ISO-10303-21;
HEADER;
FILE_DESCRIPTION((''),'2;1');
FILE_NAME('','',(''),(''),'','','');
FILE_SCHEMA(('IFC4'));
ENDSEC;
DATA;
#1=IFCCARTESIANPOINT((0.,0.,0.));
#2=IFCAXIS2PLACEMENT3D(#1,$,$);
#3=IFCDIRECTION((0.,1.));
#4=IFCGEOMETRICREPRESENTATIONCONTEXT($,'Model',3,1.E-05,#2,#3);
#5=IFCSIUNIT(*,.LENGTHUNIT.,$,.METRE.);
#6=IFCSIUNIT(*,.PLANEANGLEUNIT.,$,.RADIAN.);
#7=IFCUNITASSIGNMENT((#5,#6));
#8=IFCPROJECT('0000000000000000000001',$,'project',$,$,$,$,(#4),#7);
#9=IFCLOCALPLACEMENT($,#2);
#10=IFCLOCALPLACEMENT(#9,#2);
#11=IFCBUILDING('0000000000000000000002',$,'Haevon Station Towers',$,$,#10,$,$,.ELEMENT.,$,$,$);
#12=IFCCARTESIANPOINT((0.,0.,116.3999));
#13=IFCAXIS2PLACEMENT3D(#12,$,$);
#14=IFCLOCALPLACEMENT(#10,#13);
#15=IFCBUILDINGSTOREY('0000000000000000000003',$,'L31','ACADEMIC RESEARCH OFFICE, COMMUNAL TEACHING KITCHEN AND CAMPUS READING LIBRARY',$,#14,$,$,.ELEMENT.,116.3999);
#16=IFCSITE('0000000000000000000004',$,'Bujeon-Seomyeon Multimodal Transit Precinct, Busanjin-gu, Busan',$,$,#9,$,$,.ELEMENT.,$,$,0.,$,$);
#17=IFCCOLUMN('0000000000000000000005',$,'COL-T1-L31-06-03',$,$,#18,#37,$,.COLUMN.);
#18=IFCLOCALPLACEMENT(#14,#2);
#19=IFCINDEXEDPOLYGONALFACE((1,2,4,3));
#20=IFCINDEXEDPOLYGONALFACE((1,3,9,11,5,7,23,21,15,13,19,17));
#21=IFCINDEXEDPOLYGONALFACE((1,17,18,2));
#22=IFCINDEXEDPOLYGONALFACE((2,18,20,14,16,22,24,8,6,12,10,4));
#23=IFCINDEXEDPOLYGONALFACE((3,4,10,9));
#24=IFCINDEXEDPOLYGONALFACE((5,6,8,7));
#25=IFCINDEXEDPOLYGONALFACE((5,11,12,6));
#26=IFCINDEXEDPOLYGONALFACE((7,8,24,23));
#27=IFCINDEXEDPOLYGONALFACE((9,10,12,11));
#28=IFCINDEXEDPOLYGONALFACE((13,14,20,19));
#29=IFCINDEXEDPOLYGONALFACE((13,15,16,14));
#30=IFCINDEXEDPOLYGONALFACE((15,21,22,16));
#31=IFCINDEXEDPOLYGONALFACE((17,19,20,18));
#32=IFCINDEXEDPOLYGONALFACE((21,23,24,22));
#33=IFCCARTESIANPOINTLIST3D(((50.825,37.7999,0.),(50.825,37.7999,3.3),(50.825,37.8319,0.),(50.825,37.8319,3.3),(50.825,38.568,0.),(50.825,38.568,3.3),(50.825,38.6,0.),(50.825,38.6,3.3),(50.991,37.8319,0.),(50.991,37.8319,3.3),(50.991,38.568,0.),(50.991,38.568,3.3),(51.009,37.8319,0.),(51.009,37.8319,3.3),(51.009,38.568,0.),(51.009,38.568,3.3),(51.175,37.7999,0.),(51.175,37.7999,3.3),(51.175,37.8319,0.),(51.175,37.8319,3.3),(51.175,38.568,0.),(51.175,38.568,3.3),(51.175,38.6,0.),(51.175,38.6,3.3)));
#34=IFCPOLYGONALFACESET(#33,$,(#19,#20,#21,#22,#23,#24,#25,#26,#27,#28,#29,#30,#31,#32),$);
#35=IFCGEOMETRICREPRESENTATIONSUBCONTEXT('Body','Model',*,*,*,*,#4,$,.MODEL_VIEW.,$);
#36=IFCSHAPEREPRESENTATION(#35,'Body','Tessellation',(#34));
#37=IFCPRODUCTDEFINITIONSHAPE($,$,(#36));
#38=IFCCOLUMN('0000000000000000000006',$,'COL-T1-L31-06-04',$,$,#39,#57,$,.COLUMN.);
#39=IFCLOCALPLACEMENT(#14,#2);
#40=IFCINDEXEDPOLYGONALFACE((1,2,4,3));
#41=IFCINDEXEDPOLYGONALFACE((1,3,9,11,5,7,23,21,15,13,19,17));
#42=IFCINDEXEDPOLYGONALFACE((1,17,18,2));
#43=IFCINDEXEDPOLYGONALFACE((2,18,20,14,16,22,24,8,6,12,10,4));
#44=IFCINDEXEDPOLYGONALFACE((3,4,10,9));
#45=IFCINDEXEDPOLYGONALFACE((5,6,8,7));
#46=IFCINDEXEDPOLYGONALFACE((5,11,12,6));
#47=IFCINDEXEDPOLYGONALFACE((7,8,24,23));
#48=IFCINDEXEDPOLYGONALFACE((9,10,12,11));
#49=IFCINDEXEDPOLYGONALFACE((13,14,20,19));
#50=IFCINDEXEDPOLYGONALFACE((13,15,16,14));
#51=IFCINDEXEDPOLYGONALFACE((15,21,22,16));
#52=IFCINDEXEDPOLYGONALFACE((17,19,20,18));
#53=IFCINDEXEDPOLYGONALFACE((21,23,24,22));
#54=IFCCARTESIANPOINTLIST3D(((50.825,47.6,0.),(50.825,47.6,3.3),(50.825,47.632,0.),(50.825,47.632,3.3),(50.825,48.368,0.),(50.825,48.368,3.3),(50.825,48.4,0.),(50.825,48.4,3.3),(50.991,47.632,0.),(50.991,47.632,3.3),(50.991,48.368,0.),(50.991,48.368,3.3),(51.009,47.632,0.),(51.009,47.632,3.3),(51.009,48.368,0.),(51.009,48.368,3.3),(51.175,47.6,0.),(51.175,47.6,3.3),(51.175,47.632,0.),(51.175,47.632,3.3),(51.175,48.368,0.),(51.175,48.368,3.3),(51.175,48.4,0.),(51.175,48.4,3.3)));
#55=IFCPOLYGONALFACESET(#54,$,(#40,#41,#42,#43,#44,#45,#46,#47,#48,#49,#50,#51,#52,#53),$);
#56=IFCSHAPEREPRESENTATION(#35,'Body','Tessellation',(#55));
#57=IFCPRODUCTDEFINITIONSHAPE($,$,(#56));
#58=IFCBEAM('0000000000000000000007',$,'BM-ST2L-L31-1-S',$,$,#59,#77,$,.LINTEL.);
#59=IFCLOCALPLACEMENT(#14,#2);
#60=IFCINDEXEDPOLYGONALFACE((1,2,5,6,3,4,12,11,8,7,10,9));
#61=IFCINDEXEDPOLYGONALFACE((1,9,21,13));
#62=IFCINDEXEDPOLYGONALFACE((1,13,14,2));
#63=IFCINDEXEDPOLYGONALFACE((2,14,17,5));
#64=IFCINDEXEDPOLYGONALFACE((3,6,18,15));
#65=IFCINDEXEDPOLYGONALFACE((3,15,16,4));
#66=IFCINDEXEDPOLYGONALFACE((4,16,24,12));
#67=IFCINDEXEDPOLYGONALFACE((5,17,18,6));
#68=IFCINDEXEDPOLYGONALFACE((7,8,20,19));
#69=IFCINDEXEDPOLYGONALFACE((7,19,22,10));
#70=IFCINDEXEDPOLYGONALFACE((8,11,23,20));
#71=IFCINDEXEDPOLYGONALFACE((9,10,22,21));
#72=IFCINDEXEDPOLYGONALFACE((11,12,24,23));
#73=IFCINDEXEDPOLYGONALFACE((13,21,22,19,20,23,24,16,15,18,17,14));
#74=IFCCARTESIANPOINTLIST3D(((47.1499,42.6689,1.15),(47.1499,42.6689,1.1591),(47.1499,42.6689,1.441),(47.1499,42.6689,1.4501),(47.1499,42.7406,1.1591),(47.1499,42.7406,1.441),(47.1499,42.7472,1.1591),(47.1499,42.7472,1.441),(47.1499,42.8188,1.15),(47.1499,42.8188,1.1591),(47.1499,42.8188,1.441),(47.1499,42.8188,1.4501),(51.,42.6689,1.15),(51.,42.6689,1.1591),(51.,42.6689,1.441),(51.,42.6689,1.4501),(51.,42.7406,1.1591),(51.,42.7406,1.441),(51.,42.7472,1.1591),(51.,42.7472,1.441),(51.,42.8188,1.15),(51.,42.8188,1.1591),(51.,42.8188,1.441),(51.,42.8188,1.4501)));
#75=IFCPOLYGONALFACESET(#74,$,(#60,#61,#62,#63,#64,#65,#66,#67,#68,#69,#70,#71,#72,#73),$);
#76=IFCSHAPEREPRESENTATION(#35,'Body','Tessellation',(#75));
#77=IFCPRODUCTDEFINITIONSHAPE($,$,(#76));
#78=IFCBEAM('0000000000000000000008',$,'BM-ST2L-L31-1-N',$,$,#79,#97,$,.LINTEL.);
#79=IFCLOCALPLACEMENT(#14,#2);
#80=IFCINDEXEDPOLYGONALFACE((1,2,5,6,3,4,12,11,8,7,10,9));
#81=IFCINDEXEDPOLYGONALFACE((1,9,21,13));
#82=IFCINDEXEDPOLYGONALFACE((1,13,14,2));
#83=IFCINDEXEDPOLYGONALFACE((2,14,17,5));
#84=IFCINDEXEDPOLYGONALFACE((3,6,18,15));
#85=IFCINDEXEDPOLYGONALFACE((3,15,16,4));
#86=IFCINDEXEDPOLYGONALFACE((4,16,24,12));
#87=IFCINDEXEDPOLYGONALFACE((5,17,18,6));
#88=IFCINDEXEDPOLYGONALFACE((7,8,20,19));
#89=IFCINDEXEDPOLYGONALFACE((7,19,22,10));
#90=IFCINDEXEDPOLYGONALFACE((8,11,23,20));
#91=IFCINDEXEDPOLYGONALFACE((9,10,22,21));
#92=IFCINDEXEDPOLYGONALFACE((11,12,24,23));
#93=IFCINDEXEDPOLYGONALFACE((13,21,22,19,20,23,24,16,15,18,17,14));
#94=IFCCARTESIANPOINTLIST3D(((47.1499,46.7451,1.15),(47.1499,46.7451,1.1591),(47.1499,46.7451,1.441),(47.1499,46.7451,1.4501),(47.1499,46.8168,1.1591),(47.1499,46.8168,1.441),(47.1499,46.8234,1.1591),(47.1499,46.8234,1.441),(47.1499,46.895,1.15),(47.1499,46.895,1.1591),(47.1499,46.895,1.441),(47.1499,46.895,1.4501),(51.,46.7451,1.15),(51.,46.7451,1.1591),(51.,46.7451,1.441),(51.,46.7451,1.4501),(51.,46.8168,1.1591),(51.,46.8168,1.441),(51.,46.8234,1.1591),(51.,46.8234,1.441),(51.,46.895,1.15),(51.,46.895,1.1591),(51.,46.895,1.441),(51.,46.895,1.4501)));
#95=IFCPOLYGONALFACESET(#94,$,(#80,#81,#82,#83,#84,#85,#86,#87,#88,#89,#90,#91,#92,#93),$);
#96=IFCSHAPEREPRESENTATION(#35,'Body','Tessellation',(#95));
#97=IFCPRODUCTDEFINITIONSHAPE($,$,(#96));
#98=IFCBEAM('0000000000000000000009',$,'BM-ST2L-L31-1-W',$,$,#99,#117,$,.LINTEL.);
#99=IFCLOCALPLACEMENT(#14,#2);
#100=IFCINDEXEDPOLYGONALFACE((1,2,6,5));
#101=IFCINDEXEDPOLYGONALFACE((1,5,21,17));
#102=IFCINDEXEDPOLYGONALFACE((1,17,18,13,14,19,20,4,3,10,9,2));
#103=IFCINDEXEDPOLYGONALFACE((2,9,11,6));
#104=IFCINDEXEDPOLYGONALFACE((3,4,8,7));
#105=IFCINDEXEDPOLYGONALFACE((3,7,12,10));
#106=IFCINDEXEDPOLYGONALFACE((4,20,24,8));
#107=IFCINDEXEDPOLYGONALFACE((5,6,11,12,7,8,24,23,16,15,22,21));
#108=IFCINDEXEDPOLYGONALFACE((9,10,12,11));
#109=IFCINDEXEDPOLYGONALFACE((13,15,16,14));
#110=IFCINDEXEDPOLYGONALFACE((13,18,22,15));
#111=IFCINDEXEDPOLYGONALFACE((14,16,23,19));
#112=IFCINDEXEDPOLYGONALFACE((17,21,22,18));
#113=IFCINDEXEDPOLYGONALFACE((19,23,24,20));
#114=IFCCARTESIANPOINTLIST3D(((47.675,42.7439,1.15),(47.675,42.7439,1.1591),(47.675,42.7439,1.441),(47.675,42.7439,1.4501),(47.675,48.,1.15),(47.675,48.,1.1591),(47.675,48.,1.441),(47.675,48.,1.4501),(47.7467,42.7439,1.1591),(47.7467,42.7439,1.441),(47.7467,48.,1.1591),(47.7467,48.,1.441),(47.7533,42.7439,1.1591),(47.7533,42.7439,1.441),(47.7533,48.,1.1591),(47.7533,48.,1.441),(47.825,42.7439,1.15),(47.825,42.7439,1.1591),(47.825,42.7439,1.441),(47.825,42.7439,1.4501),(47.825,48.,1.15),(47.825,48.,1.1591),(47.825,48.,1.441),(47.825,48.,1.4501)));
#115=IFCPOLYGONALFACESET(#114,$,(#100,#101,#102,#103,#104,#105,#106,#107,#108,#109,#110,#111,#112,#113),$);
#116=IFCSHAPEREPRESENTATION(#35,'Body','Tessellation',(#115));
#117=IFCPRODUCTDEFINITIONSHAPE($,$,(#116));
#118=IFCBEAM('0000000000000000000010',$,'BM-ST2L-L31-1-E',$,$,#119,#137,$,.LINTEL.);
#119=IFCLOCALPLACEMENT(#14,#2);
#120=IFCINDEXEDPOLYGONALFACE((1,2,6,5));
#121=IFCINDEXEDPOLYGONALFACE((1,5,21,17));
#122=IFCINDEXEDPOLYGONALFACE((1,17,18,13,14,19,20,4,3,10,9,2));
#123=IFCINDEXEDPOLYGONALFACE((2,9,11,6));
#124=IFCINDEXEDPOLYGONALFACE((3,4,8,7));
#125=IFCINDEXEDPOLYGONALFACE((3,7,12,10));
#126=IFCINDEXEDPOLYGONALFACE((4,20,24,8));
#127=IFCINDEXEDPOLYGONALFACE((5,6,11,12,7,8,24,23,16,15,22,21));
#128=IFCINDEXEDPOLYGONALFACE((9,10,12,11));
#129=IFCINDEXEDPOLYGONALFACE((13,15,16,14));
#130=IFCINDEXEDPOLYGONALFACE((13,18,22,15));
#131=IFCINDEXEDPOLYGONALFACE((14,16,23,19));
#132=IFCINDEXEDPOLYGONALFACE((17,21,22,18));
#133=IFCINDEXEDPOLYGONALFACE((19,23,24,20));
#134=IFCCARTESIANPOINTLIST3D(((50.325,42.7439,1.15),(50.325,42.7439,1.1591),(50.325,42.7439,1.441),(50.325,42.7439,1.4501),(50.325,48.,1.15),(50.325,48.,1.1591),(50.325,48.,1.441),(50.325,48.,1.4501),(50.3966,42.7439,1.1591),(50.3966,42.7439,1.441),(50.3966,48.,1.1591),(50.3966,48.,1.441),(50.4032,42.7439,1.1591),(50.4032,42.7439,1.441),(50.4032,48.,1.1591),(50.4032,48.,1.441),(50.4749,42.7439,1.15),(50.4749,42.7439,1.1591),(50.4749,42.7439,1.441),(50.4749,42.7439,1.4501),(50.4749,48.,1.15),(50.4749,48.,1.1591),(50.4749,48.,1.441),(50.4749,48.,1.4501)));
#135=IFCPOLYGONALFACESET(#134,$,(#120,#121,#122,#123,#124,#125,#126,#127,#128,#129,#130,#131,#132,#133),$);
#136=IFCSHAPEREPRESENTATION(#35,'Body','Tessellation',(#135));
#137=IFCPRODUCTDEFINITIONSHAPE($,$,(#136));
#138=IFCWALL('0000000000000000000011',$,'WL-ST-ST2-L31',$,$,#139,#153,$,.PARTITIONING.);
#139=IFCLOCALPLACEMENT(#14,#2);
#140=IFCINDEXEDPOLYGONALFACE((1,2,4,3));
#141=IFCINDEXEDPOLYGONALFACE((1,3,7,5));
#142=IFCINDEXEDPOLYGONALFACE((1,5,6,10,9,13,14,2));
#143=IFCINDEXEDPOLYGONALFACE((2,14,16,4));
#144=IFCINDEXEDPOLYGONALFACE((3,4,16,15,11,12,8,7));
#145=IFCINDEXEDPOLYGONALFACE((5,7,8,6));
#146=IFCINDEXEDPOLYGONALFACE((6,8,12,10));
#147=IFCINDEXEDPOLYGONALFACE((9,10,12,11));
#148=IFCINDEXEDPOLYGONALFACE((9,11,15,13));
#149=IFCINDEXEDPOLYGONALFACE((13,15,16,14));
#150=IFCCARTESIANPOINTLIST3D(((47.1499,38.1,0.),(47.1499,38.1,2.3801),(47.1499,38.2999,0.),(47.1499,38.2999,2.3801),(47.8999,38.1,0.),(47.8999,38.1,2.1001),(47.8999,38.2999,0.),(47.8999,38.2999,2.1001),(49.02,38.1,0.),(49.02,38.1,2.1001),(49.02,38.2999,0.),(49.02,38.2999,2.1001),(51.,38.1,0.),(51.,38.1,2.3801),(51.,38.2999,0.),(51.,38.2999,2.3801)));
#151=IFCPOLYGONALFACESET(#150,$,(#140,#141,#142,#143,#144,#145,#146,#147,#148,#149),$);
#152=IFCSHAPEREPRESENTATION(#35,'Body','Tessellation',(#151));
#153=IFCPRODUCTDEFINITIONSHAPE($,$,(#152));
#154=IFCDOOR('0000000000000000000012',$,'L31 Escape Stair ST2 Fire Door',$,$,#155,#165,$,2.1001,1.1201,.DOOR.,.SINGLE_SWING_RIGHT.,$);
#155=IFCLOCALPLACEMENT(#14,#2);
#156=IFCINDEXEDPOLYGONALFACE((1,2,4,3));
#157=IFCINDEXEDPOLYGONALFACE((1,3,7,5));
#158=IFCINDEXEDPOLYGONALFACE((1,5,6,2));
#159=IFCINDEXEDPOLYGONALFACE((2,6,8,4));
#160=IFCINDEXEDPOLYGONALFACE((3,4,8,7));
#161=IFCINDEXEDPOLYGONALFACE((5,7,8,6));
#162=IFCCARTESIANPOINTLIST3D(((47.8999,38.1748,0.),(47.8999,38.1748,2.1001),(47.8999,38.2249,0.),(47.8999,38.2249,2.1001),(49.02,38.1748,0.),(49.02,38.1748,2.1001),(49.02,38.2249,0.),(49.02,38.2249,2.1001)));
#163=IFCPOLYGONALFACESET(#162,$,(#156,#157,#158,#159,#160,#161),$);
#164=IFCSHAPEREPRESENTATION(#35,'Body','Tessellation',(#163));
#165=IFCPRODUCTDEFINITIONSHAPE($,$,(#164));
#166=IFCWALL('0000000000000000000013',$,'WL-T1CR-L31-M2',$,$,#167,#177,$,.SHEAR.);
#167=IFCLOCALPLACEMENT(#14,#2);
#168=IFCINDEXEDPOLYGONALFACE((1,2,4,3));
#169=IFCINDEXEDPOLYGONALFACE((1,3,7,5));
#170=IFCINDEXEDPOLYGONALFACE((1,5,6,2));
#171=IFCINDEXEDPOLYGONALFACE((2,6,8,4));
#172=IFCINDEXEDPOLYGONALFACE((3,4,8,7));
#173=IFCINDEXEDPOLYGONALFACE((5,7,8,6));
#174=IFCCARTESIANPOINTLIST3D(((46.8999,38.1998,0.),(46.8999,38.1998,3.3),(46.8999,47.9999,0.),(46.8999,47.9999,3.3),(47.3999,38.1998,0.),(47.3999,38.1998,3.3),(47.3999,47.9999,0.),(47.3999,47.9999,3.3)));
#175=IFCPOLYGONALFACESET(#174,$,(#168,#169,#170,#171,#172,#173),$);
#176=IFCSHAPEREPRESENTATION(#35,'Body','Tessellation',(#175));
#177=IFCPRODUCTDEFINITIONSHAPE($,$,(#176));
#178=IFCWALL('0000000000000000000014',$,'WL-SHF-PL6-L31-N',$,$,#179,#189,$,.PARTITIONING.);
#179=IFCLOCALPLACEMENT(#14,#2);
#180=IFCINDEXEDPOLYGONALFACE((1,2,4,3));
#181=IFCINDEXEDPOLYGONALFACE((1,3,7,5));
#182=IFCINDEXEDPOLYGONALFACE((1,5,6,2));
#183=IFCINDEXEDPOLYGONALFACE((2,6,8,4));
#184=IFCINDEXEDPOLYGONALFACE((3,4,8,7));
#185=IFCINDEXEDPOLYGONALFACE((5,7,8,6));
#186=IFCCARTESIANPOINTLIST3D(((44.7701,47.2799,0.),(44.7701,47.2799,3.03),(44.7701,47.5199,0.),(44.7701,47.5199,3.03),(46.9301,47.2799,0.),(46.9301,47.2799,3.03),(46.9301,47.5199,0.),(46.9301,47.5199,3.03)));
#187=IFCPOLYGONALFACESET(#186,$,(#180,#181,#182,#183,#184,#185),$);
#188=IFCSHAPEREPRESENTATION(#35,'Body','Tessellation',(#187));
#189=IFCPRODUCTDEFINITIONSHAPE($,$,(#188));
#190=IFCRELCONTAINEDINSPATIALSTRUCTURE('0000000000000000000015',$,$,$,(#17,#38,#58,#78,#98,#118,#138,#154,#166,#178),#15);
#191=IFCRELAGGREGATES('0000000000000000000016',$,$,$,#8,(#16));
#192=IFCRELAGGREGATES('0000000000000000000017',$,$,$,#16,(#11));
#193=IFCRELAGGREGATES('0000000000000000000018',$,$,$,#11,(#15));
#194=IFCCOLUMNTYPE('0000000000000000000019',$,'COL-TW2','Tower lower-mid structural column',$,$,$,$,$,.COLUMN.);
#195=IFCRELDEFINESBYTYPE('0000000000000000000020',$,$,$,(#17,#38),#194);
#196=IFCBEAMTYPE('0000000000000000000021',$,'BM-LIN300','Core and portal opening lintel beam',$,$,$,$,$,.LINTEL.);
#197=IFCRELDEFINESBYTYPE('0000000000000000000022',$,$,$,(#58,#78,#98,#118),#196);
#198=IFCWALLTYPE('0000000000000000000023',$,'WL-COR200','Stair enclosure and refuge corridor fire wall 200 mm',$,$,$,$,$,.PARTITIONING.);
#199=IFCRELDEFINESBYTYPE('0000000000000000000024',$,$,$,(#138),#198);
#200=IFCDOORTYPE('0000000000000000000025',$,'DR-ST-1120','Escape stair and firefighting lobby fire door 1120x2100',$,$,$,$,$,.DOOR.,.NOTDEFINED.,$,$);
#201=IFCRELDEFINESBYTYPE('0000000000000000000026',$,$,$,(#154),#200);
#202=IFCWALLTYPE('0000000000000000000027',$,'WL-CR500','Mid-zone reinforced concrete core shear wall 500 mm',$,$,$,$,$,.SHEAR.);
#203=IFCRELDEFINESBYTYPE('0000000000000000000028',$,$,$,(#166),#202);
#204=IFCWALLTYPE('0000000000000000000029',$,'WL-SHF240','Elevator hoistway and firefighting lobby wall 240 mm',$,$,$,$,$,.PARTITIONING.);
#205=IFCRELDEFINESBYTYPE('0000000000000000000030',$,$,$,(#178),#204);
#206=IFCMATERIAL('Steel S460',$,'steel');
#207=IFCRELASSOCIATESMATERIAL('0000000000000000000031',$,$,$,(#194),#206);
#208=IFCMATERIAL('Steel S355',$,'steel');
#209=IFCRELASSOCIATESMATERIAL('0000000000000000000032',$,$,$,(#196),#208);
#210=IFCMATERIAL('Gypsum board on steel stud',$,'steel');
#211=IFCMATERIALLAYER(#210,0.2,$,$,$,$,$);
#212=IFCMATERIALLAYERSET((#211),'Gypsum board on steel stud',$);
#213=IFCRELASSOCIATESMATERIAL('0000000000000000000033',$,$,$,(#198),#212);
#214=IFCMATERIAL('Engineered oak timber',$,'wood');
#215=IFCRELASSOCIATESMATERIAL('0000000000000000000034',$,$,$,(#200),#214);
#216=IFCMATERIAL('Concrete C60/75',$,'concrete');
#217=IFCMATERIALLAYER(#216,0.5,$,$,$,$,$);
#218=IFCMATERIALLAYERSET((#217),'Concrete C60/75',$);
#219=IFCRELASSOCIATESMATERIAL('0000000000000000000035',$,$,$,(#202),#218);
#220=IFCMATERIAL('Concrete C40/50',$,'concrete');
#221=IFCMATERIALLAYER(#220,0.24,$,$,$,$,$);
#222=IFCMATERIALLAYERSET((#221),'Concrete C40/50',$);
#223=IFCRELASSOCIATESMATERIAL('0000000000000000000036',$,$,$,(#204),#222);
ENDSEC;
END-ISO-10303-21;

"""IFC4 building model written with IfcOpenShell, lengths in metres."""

from ifc_helpers import new_model, si_unit, direction, frame, frame_2d, origin, origin_2d, place, context, subcontext, project, spatial, rectangle, i_section, extrude, material, layer, layer_set, material_profile, profile_set, type_object, element, fill, save


model = new_model("IFC4")

# Units and contexts
model_context = context("Model", 3, precision=1e-05, world=origin(), true_north=direction((0.0, 1.0)))
body_context = subcontext(model_context, "Body", "Model", "MODEL_VIEW")
ifc_project = project(units=[si_unit("LENGTHUNIT", "METRE"), si_unit("PLANEANGLEUNIT", "RADIAN")], contexts=[model_context])

# Site, building, storey
site_placement = place(None, origin())
site = spatial("IfcSite", under=ifc_project, at=site_placement, Name="Bujeon-Seomyeon Multimodal Transit Precinct, Busanjin-gu, Busan", CompositionType="ELEMENT", RefElevation=0.0)
building_placement = place(site_placement, origin())
building = spatial("IfcBuilding", under=site, at=building_placement, Name="Haevon Station Towers", CompositionType="ELEMENT")
storey_placement = place(building_placement, frame((0.0, 0.0, 116.3999)))
storey = spatial("IfcBuildingStorey", under=building, at=storey_placement, Name="L31", Description="ACADEMIC RESEARCH OFFICE, COMMUNAL TEACHING KITCHEN AND CAMPUS READING LIBRARY", CompositionType="ELEMENT", Elevation=116.3999)

# Columns
ifc_material_1 = material(Name="Steel S460", Category="steel")
ifc_material_profile_1 = material_profile(ifc_material_1, i_section(OverallWidth=0.3501, OverallDepth=0.8, WebThickness=0.0181, FlangeThickness=0.032, at=origin_2d()), Name="H-800x350x18x32")
ifc_profile_set_1 = profile_set([ifc_material_profile_1], Name="Steel S460")
column_type = type_object("IfcColumnType", Name="COL-TW2", Description="Tower lower-mid structural column", PredefinedType="COLUMN", material=ifc_profile_set_1)
for number, where, z_axis, x_axis, name in (
    (1, (51.0, 38.2, 0.0), (0.0, 0.0, 1.0), (1.0, 0.0, 0.0), "COL-T1-L31-06-03"),
    (2, (51.0, 48.0, 0.0), (0.0, 0.0, 1.0), (1.0, 0.0, 0.0), "COL-T1-L31-06-04"),
):
    element("IfcColumn", number, at=place(storey_placement, frame(where, z_axis=z_axis, x_axis=x_axis)), inside=storey, type_object=column_type, Name=name, PredefinedType="COLUMN", context=body_context, shape_type="SweptSolid", body=[
        extrude(i_section(OverallWidth=0.3501, OverallDepth=0.8, WebThickness=0.0181, FlangeThickness=0.032, at=origin_2d()), origin(), (0.0, 0.0, 1.0), 3.3),
    ])

# Beams
ifc_material_2 = material(Name="Steel S355", Category="steel")
ifc_material_profile_2 = material_profile(ifc_material_2, i_section(OverallWidth=0.1499, OverallDepth=0.3, WebThickness=0.0066, FlangeThickness=0.009, at=origin_2d()), Name="H-300x150x6.5x9")
ifc_profile_set_2 = profile_set([ifc_material_profile_2], Name="Steel S355")
beam_type = type_object("IfcBeamType", Name="BM-LIN300", Description="Core and portal opening lintel beam", PredefinedType="LINTEL", material=ifc_profile_set_2)
for number, where, z_axis, x_axis, name in (
    (3, (47.1499, 42.7439, 1.3), (1.0, 0.0, 0.0), (0.0, 1.0, 0.0), "BM-ST2L-L31-1-S"),
    (4, (47.1499, 46.8201, 1.3), (1.0, 0.0, 0.0), (0.0, 1.0, 0.0), "BM-ST2L-L31-1-N"),
):
    element("IfcBeam", number, at=place(storey_placement, frame(where, z_axis=z_axis, x_axis=x_axis)), inside=storey, type_object=beam_type, Name=name, PredefinedType="LINTEL", context=body_context, shape_type="SweptSolid", body=[
        extrude(i_section(OverallWidth=0.1499, OverallDepth=0.3, WebThickness=0.0066, FlangeThickness=0.009, at=origin_2d()), origin(), (0.0, 0.0, 1.0), 3.8501),
    ])
for number, where, z_axis, x_axis, name in (
    (5, (47.75, 42.7439, 1.3), (0.0, 1.0, 0.0), (-1.0, 0.0, 0.0), "BM-ST2L-L31-1-W"),
    (6, (50.3999, 42.7439, 1.3), (0.0, 1.0, 0.0), (-1.0, 0.0, 0.0), "BM-ST2L-L31-1-E"),
):
    element("IfcBeam", number, at=place(storey_placement, frame(where, z_axis=z_axis, x_axis=x_axis)), inside=storey, type_object=beam_type, Name=name, PredefinedType="LINTEL", context=body_context, shape_type="SweptSolid", body=[
        extrude(i_section(OverallWidth=0.1499, OverallDepth=0.3, WebThickness=0.0066, FlangeThickness=0.009, at=origin_2d()), origin(), (0.0, 0.0, 1.0), 5.2561),
    ])

# Wall, opening, door
ifc_material_3 = material(Name="Gypsum board on steel stud", Category="steel")
ifc_layer_1 = layer(ifc_material_3, 0.2)
ifc_layer_set_1 = layer_set([ifc_layer_1], Name="Gypsum board on steel stud")
wall_type_1 = type_object("IfcWallType", Name="WL-COR200", Description="Stair enclosure and refuge corridor fire wall 200 mm", PredefinedType="PARTITIONING", material=ifc_layer_set_1)
wall_1_placement = place(storey_placement, frame((47.1499, 38.2, 0.0), z_axis=(0.0, 0.0, 1.0), x_axis=(1.0, 0.0, 0.0)))
wall_1 = element("IfcWall", 7, at=wall_1_placement, inside=storey, type_object=wall_type_1, Name="WL-ST-ST2-L31", PredefinedType="PARTITIONING", context=body_context, shape_type="SweptSolid", body=[
    extrude(rectangle(XDim=3.8501, YDim=0.2, at=frame_2d((1.925, 0.0))), origin(), (0.0, 0.0, 1.0), 2.3801),
])
opening_placement = place(wall_1_placement, frame((0.75, 0.0, 0.0)))
opening = element("IfcOpeningElement", 8, at=opening_placement, cuts=wall_1, PredefinedType="OPENING", context=body_context, shape_type="SweptSolid", body=[
    extrude(rectangle(XDim=1.1201, YDim=2.1001, at=frame_2d((0.5601, 1.05))), frame((0.0, 0.1099, 0.0), z_axis=(0.0, -1.0, 0.0), x_axis=(1.0, 0.0, 0.0)), (0.0, 0.0, 1.0), 0.22),
])
ifc_material_4 = material(Name="Engineered oak timber", Category="wood")
door_type = type_object("IfcDoorType", Name="DR-ST-1120", Description="Escape stair and firefighting lobby fire door 1120x2100", OperationType="NOTDEFINED", PredefinedType="DOOR", material=ifc_material_4)
door_placement = place(opening_placement, origin())
door = element("IfcDoor", 9, at=door_placement, inside=storey, type_object=door_type, Name="L31 Escape Stair ST2 Fire Door", OperationType="SINGLE_SWING_RIGHT", OverallHeight=2.1001, OverallWidth=1.1201, PredefinedType="DOOR", context=body_context, shape_type="SweptSolid", body=[
    extrude(rectangle(XDim=1.1201, YDim=2.1001, at=frame_2d((0.5601, 1.05))), frame((0.0, 0.0249, 0.0), z_axis=(0.0, -1.0, 0.0), x_axis=(1.0, 0.0, 0.0)), (0.0, 0.0, 1.0), 0.05),
])
fill(opening, door)

# Walls
ifc_material_5 = material(Name="Concrete C60/75", Category="concrete")
ifc_layer_2 = layer(ifc_material_5, 0.5)
ifc_layer_set_2 = layer_set([ifc_layer_2], Name="Concrete C60/75")
wall_type_2 = type_object("IfcWallType", Name="WL-CR500", Description="Mid-zone reinforced concrete core shear wall 500 mm", PredefinedType="SHEAR", material=ifc_layer_set_2)
wall_2_placement = place(storey_placement, frame((47.1499, 38.2, 0.0), z_axis=(0.0, 0.0, 1.0), x_axis=(0.0, 1.0, 0.0)))
element("IfcWall", 10, at=wall_2_placement, inside=storey, type_object=wall_type_2, Name="WL-T1CR-L31-M2", PredefinedType="SHEAR", context=body_context, shape_type="SweptSolid", body=[
    extrude(rectangle(XDim=9.8, YDim=0.5, at=frame_2d((4.8999, 0.0))), origin(), (0.0, 0.0, 1.0), 3.3),
])
ifc_material_6 = material(Name="Concrete C40/50", Category="concrete")
ifc_layer_3 = layer(ifc_material_6, 0.24)
ifc_layer_set_3 = layer_set([ifc_layer_3], Name="Concrete C40/50")
wall_type_3 = type_object("IfcWallType", Name="WL-SHF240", Description="Elevator hoistway and firefighting lobby wall 240 mm", PredefinedType="PARTITIONING", material=ifc_layer_set_3)
wall_3_placement = place(storey_placement, frame((44.77, 47.3999, 0.0), z_axis=(0.0, 0.0, 1.0), x_axis=(1.0, 0.0, 0.0)))
element("IfcWall", 11, at=wall_3_placement, inside=storey, type_object=wall_type_3, Name="WL-SHF-PL6-L31-N", PredefinedType="PARTITIONING", context=body_context, shape_type="SweptSolid", body=[
    extrude(rectangle(XDim=2.1599, YDim=0.24, at=frame_2d((1.0801, 0.0))), origin(), (0.0, 0.0, 1.0), 3.03),
])

save(model, "model.ifc")
